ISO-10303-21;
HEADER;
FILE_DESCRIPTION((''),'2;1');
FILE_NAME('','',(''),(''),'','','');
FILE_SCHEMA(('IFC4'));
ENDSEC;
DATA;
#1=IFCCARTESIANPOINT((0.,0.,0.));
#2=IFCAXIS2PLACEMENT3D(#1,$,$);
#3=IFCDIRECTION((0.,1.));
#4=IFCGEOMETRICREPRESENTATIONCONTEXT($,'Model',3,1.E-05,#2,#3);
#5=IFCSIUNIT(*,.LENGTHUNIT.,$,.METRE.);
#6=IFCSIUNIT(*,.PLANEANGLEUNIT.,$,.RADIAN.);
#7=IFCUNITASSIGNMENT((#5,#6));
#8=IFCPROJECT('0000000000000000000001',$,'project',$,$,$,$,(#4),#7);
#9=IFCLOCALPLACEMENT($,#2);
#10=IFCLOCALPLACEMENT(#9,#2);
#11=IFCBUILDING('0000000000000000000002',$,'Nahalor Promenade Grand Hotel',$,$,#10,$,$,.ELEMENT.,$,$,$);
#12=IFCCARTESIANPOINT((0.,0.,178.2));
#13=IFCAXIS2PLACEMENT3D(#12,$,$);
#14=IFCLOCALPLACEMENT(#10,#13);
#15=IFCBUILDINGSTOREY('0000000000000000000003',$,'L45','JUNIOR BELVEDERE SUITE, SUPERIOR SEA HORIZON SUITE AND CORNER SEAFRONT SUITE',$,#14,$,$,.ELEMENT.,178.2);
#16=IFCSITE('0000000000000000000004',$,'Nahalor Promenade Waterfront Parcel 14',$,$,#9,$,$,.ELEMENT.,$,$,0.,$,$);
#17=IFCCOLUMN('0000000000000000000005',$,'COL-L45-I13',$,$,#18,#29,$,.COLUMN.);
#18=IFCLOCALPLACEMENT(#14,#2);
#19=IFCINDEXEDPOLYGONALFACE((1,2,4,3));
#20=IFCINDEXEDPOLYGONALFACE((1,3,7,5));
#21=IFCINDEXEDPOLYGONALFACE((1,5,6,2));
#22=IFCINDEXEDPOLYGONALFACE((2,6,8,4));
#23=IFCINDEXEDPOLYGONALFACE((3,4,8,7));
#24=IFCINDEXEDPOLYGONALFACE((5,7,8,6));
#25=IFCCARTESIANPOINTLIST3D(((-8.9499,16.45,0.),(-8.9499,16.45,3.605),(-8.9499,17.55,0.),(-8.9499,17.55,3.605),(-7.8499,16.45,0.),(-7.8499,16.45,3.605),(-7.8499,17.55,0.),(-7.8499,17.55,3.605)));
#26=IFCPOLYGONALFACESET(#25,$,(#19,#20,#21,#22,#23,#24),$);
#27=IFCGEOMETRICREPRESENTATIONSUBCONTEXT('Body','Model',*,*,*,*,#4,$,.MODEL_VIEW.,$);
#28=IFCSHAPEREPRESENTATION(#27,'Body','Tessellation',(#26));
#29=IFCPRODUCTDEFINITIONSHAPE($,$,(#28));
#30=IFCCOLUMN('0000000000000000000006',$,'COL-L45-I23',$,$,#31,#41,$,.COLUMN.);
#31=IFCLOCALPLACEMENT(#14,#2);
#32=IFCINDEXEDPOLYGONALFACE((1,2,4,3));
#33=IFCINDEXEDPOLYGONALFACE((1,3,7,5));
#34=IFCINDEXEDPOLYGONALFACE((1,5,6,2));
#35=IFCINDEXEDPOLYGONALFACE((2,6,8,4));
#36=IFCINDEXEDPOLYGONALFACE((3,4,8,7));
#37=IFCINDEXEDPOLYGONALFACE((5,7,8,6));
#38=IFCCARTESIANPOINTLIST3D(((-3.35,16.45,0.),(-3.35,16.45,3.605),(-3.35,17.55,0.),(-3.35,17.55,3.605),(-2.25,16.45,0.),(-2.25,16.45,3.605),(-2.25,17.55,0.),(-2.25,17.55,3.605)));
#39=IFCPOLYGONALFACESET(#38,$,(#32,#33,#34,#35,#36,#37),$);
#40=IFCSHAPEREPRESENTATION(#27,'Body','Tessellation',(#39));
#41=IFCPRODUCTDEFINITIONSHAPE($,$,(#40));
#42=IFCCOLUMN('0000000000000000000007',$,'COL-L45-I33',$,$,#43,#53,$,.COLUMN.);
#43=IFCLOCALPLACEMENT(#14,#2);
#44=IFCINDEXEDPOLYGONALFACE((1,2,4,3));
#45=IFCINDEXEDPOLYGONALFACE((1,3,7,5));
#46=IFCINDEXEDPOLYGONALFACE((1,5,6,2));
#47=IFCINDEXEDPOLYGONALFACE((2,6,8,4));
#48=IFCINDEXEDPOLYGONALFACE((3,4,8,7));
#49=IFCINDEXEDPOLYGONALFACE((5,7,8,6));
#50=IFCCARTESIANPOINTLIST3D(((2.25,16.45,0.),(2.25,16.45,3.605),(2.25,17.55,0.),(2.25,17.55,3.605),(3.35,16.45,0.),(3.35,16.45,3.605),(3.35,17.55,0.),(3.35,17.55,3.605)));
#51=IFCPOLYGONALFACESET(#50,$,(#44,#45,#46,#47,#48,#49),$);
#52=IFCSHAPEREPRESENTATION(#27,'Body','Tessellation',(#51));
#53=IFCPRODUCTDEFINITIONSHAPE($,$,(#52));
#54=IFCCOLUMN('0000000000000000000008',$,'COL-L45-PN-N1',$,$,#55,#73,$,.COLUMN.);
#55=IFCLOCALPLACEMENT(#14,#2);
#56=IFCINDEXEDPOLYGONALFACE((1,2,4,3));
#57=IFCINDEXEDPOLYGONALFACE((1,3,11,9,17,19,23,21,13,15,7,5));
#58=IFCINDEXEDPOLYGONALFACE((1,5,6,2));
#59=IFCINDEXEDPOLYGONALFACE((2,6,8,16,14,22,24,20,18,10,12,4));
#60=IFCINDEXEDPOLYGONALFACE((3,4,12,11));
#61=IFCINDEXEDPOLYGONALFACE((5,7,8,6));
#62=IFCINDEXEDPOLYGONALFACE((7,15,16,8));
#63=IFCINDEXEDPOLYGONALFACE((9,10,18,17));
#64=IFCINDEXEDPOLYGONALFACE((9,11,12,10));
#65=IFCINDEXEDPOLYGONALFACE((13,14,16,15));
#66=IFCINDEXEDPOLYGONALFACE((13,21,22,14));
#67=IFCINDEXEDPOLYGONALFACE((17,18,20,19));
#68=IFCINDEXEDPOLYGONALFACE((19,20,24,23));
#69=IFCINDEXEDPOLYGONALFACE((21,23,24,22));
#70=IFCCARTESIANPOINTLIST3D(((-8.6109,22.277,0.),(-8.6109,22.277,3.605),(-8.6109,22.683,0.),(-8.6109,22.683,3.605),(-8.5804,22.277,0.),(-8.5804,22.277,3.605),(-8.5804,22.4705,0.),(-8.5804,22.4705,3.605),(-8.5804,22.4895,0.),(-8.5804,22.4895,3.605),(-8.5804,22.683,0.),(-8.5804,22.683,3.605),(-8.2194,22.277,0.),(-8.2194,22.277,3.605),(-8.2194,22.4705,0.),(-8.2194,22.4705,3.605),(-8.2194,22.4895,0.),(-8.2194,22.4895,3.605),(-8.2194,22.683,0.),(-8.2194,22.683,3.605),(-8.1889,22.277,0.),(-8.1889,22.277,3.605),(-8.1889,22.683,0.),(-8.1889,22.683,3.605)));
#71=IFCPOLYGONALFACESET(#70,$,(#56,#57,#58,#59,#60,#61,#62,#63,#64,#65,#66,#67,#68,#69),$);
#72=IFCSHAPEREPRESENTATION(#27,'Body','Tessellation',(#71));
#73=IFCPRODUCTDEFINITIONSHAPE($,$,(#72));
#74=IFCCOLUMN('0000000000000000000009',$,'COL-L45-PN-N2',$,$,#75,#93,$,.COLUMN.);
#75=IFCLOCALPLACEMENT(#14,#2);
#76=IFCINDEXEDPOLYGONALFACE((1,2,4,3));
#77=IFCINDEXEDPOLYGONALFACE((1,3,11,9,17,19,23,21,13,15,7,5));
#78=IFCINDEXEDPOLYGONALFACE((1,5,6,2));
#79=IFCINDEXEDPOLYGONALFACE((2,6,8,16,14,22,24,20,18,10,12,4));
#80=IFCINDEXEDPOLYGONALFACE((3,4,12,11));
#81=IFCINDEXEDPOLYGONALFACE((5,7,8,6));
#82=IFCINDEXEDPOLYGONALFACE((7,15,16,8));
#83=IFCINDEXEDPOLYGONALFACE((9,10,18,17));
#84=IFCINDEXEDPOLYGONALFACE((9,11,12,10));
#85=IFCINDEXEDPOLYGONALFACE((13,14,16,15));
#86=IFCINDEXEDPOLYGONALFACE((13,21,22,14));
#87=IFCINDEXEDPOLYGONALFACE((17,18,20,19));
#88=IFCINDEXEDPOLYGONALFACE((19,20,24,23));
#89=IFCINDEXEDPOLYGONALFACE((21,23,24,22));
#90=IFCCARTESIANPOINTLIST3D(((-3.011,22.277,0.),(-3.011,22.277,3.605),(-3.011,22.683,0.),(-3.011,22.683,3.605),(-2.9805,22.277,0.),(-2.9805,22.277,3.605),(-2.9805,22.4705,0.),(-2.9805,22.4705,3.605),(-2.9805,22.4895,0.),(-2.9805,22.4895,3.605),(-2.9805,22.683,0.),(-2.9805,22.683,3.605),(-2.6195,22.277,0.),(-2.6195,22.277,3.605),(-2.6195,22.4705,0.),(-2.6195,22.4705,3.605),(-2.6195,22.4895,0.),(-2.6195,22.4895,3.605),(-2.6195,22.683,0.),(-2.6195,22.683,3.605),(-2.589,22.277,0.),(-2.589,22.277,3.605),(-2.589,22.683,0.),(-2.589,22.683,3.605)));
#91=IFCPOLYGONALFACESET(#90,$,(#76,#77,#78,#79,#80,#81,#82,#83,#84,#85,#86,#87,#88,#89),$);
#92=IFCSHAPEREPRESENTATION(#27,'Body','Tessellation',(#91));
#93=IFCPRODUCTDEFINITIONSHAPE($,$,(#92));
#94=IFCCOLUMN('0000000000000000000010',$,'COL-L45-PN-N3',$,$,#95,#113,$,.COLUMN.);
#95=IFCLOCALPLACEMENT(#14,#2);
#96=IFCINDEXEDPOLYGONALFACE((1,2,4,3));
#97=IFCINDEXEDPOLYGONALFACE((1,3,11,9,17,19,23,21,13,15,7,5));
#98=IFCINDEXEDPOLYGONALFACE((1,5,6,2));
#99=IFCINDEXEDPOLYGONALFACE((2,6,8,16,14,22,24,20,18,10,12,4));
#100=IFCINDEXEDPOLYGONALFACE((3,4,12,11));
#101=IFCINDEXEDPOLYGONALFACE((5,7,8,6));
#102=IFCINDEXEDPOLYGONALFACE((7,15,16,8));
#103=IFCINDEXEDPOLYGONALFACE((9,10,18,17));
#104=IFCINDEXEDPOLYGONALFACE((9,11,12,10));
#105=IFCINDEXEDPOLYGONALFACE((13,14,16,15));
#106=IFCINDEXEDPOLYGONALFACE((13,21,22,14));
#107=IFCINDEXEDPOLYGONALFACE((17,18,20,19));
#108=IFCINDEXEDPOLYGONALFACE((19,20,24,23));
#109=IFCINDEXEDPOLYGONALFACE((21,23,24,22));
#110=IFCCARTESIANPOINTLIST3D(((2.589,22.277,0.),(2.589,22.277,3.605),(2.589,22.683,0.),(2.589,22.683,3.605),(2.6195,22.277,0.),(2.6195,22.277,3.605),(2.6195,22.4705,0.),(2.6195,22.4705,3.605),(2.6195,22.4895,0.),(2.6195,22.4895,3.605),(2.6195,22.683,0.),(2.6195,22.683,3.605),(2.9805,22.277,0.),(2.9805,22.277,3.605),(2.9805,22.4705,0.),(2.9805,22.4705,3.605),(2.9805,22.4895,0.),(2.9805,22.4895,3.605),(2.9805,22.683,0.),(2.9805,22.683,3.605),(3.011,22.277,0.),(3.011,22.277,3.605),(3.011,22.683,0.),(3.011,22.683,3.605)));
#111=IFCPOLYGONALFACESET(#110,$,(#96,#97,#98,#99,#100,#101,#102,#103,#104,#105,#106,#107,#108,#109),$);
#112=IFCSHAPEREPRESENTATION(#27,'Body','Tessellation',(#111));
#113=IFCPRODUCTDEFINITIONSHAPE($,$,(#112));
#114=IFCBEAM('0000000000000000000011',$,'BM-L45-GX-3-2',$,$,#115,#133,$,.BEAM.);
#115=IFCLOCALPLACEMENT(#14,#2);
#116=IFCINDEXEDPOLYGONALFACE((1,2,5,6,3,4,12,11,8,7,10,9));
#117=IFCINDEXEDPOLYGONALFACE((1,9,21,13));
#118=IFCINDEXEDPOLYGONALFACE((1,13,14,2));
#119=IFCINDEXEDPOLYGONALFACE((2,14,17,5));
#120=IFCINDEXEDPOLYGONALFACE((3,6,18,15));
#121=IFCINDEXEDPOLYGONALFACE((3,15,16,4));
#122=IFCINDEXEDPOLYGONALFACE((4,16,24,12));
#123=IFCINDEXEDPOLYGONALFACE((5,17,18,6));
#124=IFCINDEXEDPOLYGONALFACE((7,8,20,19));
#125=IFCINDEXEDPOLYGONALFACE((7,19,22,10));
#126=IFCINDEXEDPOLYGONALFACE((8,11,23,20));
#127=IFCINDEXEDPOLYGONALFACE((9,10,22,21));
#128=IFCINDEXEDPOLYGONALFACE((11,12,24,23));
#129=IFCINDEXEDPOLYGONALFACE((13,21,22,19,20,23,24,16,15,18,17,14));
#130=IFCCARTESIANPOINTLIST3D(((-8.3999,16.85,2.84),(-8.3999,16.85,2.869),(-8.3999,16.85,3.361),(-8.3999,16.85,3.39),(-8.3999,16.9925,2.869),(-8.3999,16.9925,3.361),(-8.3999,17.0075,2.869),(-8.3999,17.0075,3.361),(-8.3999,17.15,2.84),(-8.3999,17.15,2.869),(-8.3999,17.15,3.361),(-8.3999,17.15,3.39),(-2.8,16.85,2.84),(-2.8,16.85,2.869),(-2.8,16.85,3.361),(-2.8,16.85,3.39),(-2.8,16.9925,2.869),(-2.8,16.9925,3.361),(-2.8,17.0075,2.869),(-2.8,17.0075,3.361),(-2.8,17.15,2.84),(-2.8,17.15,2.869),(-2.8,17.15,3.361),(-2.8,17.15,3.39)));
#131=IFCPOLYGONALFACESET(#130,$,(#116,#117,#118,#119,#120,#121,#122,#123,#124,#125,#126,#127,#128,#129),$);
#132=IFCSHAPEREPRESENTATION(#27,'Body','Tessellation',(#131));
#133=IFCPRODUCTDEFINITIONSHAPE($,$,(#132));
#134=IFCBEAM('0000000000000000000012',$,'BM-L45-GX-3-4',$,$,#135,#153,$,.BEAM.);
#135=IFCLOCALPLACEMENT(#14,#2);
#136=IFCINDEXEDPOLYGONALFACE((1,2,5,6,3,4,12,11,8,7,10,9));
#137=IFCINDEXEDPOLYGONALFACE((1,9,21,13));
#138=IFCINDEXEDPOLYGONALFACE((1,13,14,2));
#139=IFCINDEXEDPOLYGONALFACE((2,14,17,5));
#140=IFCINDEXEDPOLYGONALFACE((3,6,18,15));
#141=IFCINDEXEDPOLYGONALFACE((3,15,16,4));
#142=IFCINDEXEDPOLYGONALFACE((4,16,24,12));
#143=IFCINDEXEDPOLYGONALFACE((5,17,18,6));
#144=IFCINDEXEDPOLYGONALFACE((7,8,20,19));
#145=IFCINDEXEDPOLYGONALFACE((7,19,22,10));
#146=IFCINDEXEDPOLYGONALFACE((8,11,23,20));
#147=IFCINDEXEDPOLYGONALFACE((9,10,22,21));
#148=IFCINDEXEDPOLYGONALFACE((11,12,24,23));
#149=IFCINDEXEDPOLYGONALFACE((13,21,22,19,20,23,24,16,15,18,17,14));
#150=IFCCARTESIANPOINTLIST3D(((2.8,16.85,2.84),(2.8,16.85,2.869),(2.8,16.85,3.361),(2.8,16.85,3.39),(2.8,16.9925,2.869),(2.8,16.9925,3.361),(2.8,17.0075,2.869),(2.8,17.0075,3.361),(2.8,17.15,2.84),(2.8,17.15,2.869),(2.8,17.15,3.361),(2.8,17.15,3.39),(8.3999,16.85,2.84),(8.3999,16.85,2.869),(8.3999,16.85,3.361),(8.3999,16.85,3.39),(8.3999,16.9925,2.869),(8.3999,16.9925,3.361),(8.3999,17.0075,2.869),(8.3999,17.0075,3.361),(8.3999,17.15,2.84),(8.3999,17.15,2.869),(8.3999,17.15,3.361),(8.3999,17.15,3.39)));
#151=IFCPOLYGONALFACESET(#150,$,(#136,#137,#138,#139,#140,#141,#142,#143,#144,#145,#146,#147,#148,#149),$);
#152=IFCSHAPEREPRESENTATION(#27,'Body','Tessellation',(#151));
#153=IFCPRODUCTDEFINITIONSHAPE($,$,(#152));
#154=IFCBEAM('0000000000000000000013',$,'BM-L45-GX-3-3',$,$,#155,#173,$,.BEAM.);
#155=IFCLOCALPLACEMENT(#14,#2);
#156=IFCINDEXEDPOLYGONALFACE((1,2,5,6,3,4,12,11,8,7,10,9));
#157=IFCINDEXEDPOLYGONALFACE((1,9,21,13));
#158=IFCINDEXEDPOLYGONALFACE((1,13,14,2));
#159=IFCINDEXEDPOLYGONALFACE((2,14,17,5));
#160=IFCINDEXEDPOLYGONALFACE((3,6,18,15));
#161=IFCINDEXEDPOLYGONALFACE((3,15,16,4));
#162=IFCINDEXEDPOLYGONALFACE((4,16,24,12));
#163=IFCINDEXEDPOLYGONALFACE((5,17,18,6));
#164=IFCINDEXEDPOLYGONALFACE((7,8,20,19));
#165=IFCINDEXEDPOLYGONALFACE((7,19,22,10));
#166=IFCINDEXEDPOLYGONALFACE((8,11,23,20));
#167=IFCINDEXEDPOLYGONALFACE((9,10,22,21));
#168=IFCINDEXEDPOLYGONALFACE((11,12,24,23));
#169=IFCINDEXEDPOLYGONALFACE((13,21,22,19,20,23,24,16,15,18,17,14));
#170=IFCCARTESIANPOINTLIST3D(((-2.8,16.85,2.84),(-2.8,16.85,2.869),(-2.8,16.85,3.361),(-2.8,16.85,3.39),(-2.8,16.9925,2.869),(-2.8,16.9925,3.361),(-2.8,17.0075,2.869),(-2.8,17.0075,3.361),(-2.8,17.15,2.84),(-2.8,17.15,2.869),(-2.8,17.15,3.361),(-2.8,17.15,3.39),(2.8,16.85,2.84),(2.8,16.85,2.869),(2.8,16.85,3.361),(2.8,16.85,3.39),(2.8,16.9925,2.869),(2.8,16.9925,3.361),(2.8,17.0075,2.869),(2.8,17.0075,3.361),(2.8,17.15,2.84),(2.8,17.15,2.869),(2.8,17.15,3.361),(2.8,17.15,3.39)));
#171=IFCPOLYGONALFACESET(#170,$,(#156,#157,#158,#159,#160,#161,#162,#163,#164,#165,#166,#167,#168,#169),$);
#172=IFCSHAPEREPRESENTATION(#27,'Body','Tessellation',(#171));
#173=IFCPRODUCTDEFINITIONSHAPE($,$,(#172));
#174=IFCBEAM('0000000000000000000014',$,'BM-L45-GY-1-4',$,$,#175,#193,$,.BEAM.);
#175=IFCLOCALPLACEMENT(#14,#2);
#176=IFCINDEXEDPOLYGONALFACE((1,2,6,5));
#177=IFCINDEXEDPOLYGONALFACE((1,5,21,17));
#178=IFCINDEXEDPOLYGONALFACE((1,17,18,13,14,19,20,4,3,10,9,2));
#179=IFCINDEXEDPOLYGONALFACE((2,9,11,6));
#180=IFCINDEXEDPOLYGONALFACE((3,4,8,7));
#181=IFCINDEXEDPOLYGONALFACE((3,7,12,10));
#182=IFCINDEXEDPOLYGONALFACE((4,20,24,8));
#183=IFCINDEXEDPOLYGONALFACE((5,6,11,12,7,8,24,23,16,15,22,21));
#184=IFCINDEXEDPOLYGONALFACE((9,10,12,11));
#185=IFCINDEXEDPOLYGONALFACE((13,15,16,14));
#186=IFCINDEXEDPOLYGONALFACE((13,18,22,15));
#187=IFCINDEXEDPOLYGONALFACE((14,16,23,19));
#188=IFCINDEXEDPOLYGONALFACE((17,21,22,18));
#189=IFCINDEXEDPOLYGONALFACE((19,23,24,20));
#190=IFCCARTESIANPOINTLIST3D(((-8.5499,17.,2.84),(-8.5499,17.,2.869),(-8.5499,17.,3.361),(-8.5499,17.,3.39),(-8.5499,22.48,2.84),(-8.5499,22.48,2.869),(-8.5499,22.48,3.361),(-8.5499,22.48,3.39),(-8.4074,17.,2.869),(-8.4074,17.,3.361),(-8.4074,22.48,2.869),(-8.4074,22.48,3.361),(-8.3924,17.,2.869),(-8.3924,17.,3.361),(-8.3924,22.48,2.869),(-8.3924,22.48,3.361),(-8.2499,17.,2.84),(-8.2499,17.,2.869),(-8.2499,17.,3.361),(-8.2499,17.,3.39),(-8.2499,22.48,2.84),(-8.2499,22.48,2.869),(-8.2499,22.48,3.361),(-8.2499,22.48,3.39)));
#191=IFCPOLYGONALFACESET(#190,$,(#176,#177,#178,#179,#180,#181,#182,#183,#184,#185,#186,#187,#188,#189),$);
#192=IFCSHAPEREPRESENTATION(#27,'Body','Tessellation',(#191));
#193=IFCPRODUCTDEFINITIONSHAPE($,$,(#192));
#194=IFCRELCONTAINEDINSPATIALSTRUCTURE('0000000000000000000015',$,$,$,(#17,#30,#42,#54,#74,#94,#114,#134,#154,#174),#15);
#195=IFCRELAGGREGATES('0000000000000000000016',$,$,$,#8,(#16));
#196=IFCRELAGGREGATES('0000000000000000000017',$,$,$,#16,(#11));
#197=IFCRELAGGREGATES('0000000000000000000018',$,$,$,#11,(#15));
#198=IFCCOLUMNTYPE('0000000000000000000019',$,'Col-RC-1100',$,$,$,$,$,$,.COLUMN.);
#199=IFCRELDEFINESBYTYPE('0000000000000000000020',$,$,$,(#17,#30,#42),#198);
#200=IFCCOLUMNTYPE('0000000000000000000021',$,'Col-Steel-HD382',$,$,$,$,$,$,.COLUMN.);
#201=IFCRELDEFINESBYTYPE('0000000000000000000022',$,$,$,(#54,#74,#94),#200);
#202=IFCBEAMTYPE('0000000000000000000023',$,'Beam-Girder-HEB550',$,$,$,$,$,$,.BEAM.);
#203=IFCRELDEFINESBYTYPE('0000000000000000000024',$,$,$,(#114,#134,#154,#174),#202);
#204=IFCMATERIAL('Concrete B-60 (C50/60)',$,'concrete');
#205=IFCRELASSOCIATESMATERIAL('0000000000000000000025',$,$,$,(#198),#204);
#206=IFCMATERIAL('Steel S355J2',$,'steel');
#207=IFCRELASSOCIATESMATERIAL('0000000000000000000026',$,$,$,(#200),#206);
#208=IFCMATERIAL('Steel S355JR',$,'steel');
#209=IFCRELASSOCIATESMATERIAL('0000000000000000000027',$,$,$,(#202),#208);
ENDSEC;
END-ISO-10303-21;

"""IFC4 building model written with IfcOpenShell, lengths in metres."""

from ifc_helpers import new_model, si_unit, direction, frame, origin, origin_2d, place, context, subcontext, project, spatial, rectangle, i_section, extrude, source, transform, mapped, material, material_profile, profile_set, type_object, element, save


model = new_model("IFC4")

# Units and contexts
model_context = context("Model", 3, precision=1e-05, world=origin(), true_north=direction((0.0, 1.0)))
body_context = subcontext(model_context, "Body", "Model", "MODEL_VIEW")
ifc_project = project(units=[si_unit("LENGTHUNIT", "METRE"), si_unit("PLANEANGLEUNIT", "RADIAN")], contexts=[model_context])

# Site, building, storey
site_placement = place(None, origin())
site = spatial("IfcSite", under=ifc_project, at=site_placement, Name="Nahalor Promenade Waterfront Parcel 14", CompositionType="ELEMENT", RefElevation=0.0)
building_placement = place(site_placement, origin())
building = spatial("IfcBuilding", under=site, at=building_placement, Name="Nahalor Promenade Grand Hotel", CompositionType="ELEMENT")
storey_placement = place(building_placement, frame((0.0, 0.0, 178.2)))
storey = spatial("IfcBuildingStorey", under=building, at=storey_placement, Name="L45", Description="JUNIOR BELVEDERE SUITE, SUPERIOR SEA HORIZON SUITE AND CORNER SEAFRONT SUITE", CompositionType="ELEMENT", Elevation=178.2)

# Columns
ifc_material_1 = material(Name="Concrete B-60 (C50/60)", Category="concrete")
ifc_material_profile_1 = material_profile(ifc_material_1, rectangle(XDim=1.1, YDim=1.1, at=origin_2d()), Name="RC 1100x1100")
ifc_profile_set_1 = profile_set([ifc_material_profile_1], Name="Concrete B-60 (C50/60)")
column_type_1 = type_object("IfcColumnType", Name="Col-RC-1100", PredefinedType="COLUMN", material=ifc_profile_set_1)
shared_shape_1 = source(origin(), body_context, "Body", "SweptSolid", [
    extrude(rectangle(XDim=1.1, YDim=1.1, at=origin_2d()), origin(), (0.0, 0.0, 1.0), 3.605),
])
for number, where, z_axis, x_axis, name in (
    (1, (-8.3999, 17.0, 0.0), (0.0, 0.0, 1.0), (1.0, 0.0, 0.0), "COL-L45-I13"),
    (2, (-2.8, 17.0, 0.0), (0.0, 0.0, 1.0), (1.0, 0.0, 0.0), "COL-L45-I23"),
    (3, (2.8, 17.0, 0.0), (0.0, 0.0, 1.0), (1.0, 0.0, 0.0), "COL-L45-I33"),
):
    element("IfcColumn", number, at=place(storey_placement, frame(where, z_axis=z_axis, x_axis=x_axis)), inside=storey, type_object=column_type_1, Name=name, PredefinedType="COLUMN", context=body_context, shape_type="MappedRepresentation", body=[
        mapped(shared_shape_1, transform((0.0, 0.0, 0.0), scale=1.0)),
    ])
ifc_material_2 = material(Name="Steel S355J2", Category="steel")
ifc_material_profile_2 = material_profile(ifc_material_2, i_section(OverallWidth=0.406, OverallDepth=0.422, WebThickness=0.019, FlangeThickness=0.0305, at=origin_2d()), Name="HD 400x382")
ifc_profile_set_2 = profile_set([ifc_material_profile_2], Name="Steel S355J2")
column_type_2 = type_object("IfcColumnType", Name="Col-Steel-HD382", PredefinedType="COLUMN", material=ifc_profile_set_2)
shared_shape_2 = source(origin(), body_context, "Body", "SweptSolid", [
    extrude(i_section(OverallWidth=0.406, OverallDepth=0.422, WebThickness=0.019, FlangeThickness=0.0305, at=origin_2d()), origin(), (0.0, 0.0, 1.0), 3.605),
])
for number, where, z_axis, x_axis, name in (
    (4, (-8.3999, 22.48, 0.0), (0.0, 0.0, 1.0), (0.0, 1.0, 0.0), "COL-L45-PN-N1"),
    (5, (-2.8, 22.48, 0.0), (0.0, 0.0, 1.0), (0.0, 1.0, 0.0), "COL-L45-PN-N2"),
    (6, (2.8, 22.48, 0.0), (0.0, 0.0, 1.0), (0.0, 1.0, 0.0), "COL-L45-PN-N3"),
):
    element("IfcColumn", number, at=place(storey_placement, frame(where, z_axis=z_axis, x_axis=x_axis)), inside=storey, type_object=column_type_2, Name=name, PredefinedType="COLUMN", context=body_context, shape_type="MappedRepresentation", body=[
        mapped(shared_shape_2, transform((0.0, 0.0, 0.0), scale=1.0)),
    ])

# Beams
ifc_material_3 = material(Name="Steel S355JR", Category="steel")
ifc_material_profile_3 = material_profile(ifc_material_3, i_section(OverallWidth=0.3, OverallDepth=0.55, WebThickness=0.015, FlangeThickness=0.029, at=origin_2d()), Name="HEB 550")
ifc_profile_set_3 = profile_set([ifc_material_profile_3], Name="Steel S355JR")
beam_type_1 = type_object("IfcBeamType", Name="Beam-Girder-HEB550", PredefinedType="BEAM", material=ifc_profile_set_3)
shared_shape_3 = source(origin(), body_context, "Body", "SweptSolid", [
    extrude(i_section(OverallWidth=0.3, OverallDepth=0.55, WebThickness=0.015, FlangeThickness=0.029, at=origin_2d()), origin(), (0.0, 0.0, 1.0), 5.5999),
])
for number, where, z_axis, x_axis, name in (
    (7, (-8.3999, 17.0, 3.115), (1.0, 0.0, 0.0), (0.0, 1.0, 0.0), "BM-L45-GX-3-2"),
    (8, (2.8, 17.0, 3.115), (1.0, 0.0, 0.0), (0.0, 1.0, 0.0), "BM-L45-GX-3-4"),
):
    element("IfcBeam", number, at=place(storey_placement, frame(where, z_axis=z_axis, x_axis=x_axis)), inside=storey, type_object=beam_type_1, Name=name, PredefinedType="BEAM", context=body_context, shape_type="MappedRepresentation", body=[
        mapped(shared_shape_3, transform((0.0, 0.0, 0.0), scale=1.0)),
    ])
shared_shape_4 = source(origin(), body_context, "Body", "SweptSolid", [
    extrude(i_section(OverallWidth=0.3, OverallDepth=0.55, WebThickness=0.015, FlangeThickness=0.029, at=origin_2d()), origin(), (0.0, 0.0, 1.0), 5.6001),
])
beam_1_placement = place(storey_placement, frame((-2.8, 17.0, 3.115), z_axis=(1.0, 0.0, 0.0), x_axis=(0.0, 1.0, 0.0)))
element("IfcBeam", 9, at=beam_1_placement, inside=storey, type_object=beam_type_1, Name="BM-L45-GX-3-3", PredefinedType="BEAM", context=body_context, shape_type="MappedRepresentation", body=[
    mapped(shared_shape_4, transform((0.0, 0.0, 0.0), scale=1.0)),
])
shared_shape_5 = source(origin(), body_context, "Body", "SweptSolid", [
    extrude(i_section(OverallWidth=0.3, OverallDepth=0.55, WebThickness=0.015, FlangeThickness=0.029, at=origin_2d()), origin(), (0.0, 0.0, 1.0), 5.48),
])
for number, where, z_axis, x_axis, name in (
    (10, (-8.3999, 17.0, 3.115), (0.0, 1.0, 0.0), (-1.0, 0.0, 0.0), "BM-L45-GY-1-4"),
):
    element("IfcBeam", number, at=place(storey_placement, frame(where, z_axis=z_axis, x_axis=x_axis)), inside=storey, type_object=beam_type_1, Name=name, PredefinedType="BEAM", context=body_context, shape_type="MappedRepresentation", body=[
        mapped(shared_shape_5, transform((0.0, 0.0, 0.0), scale=1.0)),
    ])

save(model, "model.ifc")
